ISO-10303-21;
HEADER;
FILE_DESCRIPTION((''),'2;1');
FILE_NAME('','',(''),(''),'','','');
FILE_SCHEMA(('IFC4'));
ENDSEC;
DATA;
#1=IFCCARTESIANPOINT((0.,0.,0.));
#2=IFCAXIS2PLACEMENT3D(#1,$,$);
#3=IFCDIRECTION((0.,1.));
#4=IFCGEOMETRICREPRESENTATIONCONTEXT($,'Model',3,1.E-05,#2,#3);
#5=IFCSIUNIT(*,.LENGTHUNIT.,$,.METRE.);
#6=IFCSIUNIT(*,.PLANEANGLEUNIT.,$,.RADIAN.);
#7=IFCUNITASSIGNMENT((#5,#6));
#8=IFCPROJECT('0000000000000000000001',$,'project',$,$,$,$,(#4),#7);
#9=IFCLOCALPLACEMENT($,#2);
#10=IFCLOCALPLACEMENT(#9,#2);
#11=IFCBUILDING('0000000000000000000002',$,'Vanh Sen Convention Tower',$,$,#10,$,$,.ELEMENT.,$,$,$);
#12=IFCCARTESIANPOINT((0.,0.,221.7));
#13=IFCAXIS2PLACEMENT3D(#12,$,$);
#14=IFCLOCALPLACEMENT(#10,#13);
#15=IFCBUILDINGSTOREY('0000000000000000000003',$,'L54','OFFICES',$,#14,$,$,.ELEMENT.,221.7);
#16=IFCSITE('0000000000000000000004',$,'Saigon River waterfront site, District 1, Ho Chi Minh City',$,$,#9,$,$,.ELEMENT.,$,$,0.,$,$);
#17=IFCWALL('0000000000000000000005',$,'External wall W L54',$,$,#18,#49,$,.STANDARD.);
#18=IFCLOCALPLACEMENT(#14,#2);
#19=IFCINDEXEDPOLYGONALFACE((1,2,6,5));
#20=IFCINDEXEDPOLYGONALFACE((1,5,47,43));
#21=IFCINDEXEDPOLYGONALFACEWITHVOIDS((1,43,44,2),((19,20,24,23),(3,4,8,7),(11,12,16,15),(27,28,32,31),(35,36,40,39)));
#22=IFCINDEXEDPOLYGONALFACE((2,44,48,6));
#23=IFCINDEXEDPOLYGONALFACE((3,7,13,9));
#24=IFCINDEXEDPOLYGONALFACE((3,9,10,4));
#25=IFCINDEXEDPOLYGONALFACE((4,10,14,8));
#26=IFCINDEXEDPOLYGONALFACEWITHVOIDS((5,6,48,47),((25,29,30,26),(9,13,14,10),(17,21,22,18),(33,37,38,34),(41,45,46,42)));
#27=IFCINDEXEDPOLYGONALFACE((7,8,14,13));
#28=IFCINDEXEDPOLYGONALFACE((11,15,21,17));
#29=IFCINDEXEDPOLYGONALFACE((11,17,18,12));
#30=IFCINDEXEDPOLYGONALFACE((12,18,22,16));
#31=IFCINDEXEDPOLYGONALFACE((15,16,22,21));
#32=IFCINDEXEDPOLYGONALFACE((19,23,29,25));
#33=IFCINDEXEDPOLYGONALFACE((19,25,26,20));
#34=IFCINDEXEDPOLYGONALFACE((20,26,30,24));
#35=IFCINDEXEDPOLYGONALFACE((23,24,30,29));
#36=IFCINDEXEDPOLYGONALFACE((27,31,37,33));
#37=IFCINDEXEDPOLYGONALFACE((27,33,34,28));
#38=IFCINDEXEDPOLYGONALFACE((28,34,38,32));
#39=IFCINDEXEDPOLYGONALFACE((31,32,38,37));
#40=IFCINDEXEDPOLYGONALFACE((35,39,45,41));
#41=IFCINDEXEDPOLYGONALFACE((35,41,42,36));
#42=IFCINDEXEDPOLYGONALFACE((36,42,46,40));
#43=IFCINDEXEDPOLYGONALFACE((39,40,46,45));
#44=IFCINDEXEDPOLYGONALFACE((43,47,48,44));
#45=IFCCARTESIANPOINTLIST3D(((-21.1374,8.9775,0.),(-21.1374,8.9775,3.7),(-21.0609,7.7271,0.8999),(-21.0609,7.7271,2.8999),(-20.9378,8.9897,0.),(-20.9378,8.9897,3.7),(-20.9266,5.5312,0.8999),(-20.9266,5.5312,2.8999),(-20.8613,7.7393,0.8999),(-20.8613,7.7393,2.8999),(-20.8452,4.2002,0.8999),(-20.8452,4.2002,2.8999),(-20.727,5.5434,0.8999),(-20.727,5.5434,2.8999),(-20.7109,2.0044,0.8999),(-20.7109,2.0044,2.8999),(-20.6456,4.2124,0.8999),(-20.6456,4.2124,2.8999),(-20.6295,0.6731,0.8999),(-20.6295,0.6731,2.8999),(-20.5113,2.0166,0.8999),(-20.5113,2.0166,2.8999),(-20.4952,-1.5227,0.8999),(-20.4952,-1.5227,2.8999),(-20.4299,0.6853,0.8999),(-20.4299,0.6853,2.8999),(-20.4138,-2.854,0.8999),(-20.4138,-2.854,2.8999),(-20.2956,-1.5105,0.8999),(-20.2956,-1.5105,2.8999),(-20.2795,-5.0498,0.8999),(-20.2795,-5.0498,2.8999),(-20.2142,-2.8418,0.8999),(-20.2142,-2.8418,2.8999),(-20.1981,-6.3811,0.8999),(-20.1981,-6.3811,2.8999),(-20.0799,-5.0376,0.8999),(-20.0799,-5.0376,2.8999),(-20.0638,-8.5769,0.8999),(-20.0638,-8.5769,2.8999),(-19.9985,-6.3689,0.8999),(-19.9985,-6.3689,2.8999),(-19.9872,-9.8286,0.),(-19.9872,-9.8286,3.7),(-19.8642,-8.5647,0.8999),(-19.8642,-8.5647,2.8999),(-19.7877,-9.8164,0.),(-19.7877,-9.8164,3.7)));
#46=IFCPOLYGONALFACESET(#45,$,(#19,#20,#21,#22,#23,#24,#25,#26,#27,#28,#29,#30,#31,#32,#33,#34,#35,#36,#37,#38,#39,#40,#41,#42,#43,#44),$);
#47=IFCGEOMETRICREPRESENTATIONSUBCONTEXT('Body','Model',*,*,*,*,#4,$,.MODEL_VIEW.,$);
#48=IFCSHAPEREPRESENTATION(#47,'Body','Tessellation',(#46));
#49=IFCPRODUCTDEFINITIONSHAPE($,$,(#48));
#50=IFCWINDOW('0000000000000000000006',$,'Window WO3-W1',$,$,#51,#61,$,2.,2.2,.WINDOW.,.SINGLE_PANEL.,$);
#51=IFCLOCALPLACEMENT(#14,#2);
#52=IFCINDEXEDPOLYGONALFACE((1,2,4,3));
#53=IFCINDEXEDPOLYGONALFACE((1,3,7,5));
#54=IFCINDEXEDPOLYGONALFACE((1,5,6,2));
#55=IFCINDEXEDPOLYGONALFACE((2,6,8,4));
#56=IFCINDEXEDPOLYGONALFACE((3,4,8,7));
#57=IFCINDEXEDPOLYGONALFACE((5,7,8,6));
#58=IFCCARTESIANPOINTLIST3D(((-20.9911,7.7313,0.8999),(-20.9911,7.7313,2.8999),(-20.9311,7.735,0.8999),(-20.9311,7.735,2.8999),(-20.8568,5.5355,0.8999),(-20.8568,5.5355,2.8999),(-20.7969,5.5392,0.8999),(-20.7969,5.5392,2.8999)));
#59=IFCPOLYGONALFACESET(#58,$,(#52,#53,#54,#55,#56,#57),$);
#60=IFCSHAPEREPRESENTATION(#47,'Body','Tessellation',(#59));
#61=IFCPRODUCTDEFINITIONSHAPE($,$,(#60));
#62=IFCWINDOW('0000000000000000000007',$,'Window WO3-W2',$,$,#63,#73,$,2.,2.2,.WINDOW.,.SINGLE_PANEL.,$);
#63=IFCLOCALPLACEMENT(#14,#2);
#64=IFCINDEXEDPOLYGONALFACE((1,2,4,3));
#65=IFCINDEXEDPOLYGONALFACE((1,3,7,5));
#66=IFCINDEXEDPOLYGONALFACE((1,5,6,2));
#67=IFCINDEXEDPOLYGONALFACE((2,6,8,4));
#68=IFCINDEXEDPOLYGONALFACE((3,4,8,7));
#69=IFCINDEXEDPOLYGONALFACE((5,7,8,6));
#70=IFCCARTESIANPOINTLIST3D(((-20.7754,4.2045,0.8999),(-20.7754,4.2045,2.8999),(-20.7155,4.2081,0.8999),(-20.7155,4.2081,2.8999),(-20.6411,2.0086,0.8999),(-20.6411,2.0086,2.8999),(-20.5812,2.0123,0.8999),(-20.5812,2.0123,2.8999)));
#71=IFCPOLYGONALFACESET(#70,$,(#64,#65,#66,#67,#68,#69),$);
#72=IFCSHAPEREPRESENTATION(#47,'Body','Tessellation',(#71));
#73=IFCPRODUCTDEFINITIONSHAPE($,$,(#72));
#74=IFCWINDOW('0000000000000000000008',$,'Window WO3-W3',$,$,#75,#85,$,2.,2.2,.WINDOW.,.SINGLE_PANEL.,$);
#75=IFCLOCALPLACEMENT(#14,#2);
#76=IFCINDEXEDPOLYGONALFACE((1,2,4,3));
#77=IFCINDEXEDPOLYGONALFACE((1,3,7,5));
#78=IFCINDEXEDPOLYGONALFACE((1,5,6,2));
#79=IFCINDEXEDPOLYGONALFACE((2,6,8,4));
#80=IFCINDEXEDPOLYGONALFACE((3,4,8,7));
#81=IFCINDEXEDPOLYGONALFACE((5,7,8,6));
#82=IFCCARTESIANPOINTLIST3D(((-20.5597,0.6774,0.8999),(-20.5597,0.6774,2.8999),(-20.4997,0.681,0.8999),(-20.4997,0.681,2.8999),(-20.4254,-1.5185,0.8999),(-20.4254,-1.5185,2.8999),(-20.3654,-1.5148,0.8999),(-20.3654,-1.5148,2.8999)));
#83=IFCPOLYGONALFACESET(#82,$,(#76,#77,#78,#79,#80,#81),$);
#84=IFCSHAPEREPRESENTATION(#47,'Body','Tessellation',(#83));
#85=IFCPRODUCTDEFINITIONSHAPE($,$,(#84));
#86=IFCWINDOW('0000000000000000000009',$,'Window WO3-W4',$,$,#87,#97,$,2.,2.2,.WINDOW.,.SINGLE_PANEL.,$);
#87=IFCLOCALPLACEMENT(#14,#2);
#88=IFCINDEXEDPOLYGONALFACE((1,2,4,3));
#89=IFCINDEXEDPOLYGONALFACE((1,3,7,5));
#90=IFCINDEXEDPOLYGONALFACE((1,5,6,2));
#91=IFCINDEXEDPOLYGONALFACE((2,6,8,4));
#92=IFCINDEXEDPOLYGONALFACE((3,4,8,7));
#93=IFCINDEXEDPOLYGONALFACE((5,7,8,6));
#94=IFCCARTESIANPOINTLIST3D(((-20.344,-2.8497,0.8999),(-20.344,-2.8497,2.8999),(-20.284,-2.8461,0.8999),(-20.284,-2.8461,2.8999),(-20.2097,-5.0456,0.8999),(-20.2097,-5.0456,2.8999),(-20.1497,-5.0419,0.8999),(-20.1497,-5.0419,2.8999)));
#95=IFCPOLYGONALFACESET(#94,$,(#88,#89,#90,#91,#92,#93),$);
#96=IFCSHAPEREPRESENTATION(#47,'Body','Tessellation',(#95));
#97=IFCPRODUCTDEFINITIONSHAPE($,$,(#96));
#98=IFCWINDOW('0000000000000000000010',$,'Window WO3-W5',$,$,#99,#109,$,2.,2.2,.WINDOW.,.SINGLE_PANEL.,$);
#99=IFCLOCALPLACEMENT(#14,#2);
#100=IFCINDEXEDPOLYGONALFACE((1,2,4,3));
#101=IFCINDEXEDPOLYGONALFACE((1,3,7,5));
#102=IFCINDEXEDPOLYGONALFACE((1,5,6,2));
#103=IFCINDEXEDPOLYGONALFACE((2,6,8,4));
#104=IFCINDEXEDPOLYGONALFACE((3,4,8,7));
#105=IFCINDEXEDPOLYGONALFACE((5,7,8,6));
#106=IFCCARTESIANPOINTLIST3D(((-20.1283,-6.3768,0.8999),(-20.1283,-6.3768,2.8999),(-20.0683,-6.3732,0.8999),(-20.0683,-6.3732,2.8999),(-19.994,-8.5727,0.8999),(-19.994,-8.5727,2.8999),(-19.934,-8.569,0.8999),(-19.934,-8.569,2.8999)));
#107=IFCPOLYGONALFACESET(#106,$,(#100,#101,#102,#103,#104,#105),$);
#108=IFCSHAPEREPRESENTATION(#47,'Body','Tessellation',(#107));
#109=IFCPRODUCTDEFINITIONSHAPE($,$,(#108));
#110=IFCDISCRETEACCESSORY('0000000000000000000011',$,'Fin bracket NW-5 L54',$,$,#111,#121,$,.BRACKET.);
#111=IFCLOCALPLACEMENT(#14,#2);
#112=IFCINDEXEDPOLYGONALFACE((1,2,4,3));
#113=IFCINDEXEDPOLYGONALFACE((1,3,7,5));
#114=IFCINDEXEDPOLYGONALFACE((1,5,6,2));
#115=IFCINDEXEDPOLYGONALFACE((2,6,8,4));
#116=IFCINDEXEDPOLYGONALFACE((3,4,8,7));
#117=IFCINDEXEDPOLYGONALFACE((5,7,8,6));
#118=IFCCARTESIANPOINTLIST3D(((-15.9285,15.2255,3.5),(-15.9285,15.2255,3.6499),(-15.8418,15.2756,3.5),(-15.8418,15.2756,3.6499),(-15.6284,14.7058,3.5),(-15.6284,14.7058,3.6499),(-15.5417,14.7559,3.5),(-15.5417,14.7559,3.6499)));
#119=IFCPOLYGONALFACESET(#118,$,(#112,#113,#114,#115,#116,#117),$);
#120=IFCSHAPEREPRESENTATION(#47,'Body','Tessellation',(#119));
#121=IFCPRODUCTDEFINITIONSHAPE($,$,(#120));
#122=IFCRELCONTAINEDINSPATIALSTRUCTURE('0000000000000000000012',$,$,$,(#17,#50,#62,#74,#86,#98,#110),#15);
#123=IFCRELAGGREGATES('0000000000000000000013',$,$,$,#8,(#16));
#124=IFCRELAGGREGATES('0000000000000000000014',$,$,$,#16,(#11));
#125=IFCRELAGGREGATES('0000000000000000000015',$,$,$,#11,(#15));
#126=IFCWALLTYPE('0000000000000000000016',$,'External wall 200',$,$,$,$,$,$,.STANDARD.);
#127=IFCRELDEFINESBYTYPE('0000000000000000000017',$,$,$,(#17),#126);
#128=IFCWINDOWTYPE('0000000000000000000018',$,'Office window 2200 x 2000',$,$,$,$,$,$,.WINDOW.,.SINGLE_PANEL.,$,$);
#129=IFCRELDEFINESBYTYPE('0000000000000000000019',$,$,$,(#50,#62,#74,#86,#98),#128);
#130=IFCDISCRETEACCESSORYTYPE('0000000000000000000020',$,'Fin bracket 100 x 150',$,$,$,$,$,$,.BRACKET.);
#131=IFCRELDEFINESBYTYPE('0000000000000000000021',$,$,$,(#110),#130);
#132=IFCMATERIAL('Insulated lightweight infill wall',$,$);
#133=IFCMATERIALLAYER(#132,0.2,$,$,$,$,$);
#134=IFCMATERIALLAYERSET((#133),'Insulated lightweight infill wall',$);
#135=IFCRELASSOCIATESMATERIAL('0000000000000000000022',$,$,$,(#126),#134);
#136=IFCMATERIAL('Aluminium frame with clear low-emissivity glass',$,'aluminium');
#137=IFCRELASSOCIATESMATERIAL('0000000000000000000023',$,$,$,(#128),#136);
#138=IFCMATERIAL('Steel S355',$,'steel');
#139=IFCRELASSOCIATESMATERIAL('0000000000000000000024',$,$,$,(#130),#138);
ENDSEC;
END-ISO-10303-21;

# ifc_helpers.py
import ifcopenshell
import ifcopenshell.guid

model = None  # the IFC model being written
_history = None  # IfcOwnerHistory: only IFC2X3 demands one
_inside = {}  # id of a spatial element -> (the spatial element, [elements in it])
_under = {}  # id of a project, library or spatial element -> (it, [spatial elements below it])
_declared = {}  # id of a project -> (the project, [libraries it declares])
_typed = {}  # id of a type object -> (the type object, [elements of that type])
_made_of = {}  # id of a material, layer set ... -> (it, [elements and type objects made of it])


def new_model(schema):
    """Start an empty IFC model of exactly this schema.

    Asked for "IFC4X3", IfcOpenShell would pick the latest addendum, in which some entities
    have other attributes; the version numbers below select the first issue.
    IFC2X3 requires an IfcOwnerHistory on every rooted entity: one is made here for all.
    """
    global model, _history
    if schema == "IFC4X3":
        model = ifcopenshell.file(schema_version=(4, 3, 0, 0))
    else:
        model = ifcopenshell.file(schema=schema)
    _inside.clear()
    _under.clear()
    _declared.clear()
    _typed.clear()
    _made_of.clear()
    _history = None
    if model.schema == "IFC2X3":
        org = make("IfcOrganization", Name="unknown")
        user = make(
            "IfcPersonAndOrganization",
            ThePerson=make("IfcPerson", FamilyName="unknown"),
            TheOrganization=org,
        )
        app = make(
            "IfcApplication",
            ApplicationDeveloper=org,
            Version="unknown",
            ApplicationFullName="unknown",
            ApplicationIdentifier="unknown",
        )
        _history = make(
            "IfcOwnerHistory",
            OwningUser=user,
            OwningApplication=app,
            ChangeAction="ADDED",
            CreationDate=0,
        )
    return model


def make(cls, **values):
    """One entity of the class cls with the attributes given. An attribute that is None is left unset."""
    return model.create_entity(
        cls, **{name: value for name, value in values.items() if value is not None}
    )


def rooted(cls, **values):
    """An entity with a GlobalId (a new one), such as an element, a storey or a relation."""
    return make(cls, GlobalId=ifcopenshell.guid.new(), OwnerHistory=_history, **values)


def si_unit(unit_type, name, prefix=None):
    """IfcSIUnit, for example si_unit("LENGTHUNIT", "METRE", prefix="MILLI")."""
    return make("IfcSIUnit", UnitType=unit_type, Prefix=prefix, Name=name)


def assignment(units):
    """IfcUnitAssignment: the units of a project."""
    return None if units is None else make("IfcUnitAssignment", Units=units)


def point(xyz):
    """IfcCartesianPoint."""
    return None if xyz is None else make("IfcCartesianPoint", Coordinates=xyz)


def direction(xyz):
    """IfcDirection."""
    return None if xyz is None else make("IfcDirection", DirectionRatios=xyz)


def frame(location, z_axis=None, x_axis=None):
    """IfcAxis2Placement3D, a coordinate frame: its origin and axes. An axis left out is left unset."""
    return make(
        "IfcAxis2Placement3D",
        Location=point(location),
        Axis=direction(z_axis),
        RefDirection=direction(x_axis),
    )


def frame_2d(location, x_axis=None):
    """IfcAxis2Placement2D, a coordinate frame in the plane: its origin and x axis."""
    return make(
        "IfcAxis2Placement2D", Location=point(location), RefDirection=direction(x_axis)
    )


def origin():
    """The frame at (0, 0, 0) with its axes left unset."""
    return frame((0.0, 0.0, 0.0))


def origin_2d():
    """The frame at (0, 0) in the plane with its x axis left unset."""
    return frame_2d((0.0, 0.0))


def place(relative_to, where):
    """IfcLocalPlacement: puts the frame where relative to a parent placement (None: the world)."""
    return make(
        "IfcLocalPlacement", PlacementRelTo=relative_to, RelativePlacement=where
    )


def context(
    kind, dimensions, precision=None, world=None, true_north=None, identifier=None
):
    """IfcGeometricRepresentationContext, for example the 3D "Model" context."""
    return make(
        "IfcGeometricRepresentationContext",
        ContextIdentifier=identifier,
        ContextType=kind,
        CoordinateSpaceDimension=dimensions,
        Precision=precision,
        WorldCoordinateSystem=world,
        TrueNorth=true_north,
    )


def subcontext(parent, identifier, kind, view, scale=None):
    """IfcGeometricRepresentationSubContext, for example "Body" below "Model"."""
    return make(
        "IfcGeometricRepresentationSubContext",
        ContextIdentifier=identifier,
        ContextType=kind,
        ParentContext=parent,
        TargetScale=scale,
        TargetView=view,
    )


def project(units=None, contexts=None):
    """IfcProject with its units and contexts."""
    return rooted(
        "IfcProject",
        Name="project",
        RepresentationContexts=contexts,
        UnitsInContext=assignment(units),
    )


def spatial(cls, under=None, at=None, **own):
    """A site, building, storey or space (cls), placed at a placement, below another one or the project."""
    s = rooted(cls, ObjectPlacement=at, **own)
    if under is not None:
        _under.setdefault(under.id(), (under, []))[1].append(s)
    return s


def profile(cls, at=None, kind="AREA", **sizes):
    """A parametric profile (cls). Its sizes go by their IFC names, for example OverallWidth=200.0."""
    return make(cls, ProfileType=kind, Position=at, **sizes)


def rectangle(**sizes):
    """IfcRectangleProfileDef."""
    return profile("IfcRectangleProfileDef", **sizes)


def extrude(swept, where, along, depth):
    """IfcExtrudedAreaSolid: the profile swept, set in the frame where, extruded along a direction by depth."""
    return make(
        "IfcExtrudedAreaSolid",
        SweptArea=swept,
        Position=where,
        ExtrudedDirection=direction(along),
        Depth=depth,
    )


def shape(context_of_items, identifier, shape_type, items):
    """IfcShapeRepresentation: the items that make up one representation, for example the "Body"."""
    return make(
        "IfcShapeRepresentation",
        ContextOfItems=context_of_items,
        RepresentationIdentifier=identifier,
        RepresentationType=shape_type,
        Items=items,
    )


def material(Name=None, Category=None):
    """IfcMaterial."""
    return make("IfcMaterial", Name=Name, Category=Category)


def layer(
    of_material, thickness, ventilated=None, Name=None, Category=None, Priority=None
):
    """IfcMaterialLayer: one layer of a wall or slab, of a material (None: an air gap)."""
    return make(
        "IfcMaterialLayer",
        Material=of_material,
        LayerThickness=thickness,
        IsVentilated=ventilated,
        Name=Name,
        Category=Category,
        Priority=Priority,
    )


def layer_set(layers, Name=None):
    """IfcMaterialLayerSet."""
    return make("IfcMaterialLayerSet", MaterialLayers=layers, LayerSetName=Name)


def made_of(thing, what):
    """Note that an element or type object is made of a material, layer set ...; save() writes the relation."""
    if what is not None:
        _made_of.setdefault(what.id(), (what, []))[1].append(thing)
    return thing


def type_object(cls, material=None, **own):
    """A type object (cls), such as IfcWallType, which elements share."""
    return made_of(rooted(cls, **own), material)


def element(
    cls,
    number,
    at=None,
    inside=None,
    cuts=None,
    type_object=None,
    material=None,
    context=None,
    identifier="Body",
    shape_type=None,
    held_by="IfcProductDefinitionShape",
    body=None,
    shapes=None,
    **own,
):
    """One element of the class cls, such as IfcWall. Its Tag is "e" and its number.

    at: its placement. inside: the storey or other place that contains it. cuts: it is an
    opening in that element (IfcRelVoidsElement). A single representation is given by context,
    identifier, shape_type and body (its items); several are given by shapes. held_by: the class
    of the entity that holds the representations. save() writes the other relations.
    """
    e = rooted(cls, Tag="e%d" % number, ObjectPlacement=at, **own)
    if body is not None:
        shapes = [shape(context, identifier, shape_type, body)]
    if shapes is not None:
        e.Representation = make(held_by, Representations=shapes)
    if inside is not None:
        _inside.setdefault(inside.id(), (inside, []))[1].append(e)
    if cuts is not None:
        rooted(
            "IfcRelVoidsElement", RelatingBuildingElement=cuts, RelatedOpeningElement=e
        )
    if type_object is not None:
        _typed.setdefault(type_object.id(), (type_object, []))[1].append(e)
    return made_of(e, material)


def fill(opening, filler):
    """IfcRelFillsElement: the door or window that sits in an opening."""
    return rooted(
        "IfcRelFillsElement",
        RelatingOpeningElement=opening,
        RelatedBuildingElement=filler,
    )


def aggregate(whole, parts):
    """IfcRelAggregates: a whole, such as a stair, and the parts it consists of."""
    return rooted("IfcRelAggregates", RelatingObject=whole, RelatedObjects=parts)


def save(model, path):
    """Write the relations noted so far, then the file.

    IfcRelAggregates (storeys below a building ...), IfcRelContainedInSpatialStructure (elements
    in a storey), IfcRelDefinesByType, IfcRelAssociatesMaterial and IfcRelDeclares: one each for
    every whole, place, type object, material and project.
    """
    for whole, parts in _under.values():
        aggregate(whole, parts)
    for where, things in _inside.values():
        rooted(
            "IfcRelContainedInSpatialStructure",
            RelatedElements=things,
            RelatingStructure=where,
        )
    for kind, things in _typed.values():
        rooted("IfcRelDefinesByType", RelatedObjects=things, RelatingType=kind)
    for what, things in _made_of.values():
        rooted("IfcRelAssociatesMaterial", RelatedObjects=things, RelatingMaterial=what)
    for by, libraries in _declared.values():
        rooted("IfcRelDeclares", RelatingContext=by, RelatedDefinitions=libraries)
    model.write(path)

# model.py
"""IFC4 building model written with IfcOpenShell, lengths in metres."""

from ifc_helpers import new_model, si_unit, direction, frame, frame_2d, origin, origin_2d, place, context, subcontext, project, spatial, rectangle, extrude, material, layer, layer_set, type_object, element, fill, save


model = new_model("IFC4")

# Units and contexts
model_context = context("Model", 3, precision=1e-05, world=origin(), true_north=direction((0.0, 1.0)))
body_context = subcontext(model_context, "Body", "Model", "MODEL_VIEW")
ifc_project = project(units=[si_unit("LENGTHUNIT", "METRE"), si_unit("PLANEANGLEUNIT", "RADIAN")], contexts=[model_context])

# Site, building, storey
site_placement = place(None, origin())
site = spatial("IfcSite", under=ifc_project, at=site_placement, Name="Saigon River waterfront site, District 1, Ho Chi Minh City", CompositionType="ELEMENT", RefElevation=0.0)
building_placement = place(site_placement, origin())
building = spatial("IfcBuilding", under=site, at=building_placement, Name="Vanh Sen Convention Tower", CompositionType="ELEMENT")
storey_placement = place(building_placement, frame((0.0, 0.0, 221.7)))
storey = spatial("IfcBuildingStorey", under=building, at=storey_placement, Name="L54", Description="OFFICES", CompositionType="ELEMENT", Elevation=221.7)

# Shared definitions
ifc_material_1 = material(Name="Insulated lightweight infill wall")
ifc_layer_1 = layer(ifc_material_1, 0.2)
ifc_layer_set_1 = layer_set([ifc_layer_1], Name="Insulated lightweight infill wall")
wall_type_1 = type_object("IfcWallType", Name="External wall 200", PredefinedType="STANDARD", material=ifc_layer_set_1)
ifc_material_2 = material(Name="Aluminium frame with clear low-emissivity glass", Category="aluminium")

# Wall, openings, windows
wall_1_placement = place(storey_placement, frame((-21.0376, 8.9836, 0.0), z_axis=(0.0, 0.0, 1.0), x_axis=(0.061044, -0.998135, 0.0)))
wall_1 = element("IfcWall", 1, at=wall_1_placement, inside=storey, type_object=wall_type_1, Name="External wall W L54", PredefinedType="STANDARD", context=body_context, shape_type="SweptSolid", body=[
    extrude(rectangle(XDim=18.8413, YDim=0.2, at=frame_2d((9.4207, 0.0))), origin(), (0.0, 0.0, 1.0), 3.7),
])
opening_1_placement = place(wall_1_placement, frame((1.2527, 0.0, 0.8999)))
opening_1 = element("IfcOpeningElement", 2, at=opening_1_placement, cuts=wall_1, PredefinedType="OPENING", context=body_context, shape_type="SweptSolid", body=[
    extrude(rectangle(XDim=2.2, YDim=2.0, at=frame_2d((1.1001, 1.0))), frame((0.0, 0.1099, 0.0), z_axis=(0.0, -1.0, 0.0), x_axis=(1.0, 0.0, 0.0)), (0.0, 0.0, 1.0), 0.22),
])
opening_2_placement = place(wall_1_placement, frame((4.7861, 0.0, 0.8999)))
opening_2 = element("IfcOpeningElement", 3, at=opening_2_placement, cuts=wall_1, PredefinedType="OPENING", context=body_context, shape_type="SweptSolid", body=[
    extrude(rectangle(XDim=2.2, YDim=2.0, at=frame_2d((1.1001, 1.0))), frame((0.0, 0.1099, 0.0), z_axis=(0.0, -1.0, 0.0), x_axis=(1.0, 0.0, 0.0)), (0.0, 0.0, 1.0), 0.22),
])
opening_3_placement = place(wall_1_placement, frame((8.3198, 0.0, 0.8999)))
opening_3 = element("IfcOpeningElement", 4, at=opening_3_placement, cuts=wall_1, PredefinedType="OPENING", context=body_context, shape_type="SweptSolid", body=[
    extrude(rectangle(XDim=2.2, YDim=2.0, at=frame_2d((1.1001, 1.0))), frame((0.0, 0.1099, 0.0), z_axis=(0.0, -1.0, 0.0), x_axis=(1.0, 0.0, 0.0)), (0.0, 0.0, 1.0), 0.22),
])
opening_4_placement = place(wall_1_placement, frame((11.8535, 0.0, 0.8999)))
opening_4 = element("IfcOpeningElement", 5, at=opening_4_placement, cuts=wall_1, PredefinedType="OPENING", context=body_context, shape_type="SweptSolid", body=[
    extrude(rectangle(XDim=2.2, YDim=2.0, at=frame_2d((1.1001, 1.0))), frame((0.0, 0.1099, 0.0), z_axis=(0.0, -1.0, 0.0), x_axis=(1.0, 0.0, 0.0)), (0.0, 0.0, 1.0), 0.22),
])
opening_5_placement = place(wall_1_placement, frame((15.3872, 0.0, 0.8999)))
opening_5 = element("IfcOpeningElement", 6, at=opening_5_placement, cuts=wall_1, PredefinedType="OPENING", context=body_context, shape_type="SweptSolid", body=[
    extrude(rectangle(XDim=2.2, YDim=2.0, at=frame_2d((1.1001, 1.0))), frame((0.0, 0.1099, 0.0), z_axis=(0.0, -1.0, 0.0), x_axis=(1.0, 0.0, 0.0)), (0.0, 0.0, 1.0), 0.22),
])
window_type_1 = type_object("IfcWindowType", Name="Office window 2200 x 2000", PartitioningType="SINGLE_PANEL", PredefinedType="WINDOW", material=ifc_material_2)
window_1_placement = place(opening_1_placement, origin())
window_1 = element("IfcWindow", 7, at=window_1_placement, inside=storey, type_object=window_type_1, Name="Window WO3-W1", OverallHeight=2.0, OverallWidth=2.2, PartitioningType="SINGLE_PANEL", PredefinedType="WINDOW", context=body_context, shape_type="SweptSolid", body=[
    extrude(rectangle(XDim=2.2, YDim=2.0, at=frame_2d((1.1001, 1.0))), frame((0.0, 0.03, 0.0), z_axis=(0.0, -1.0, 0.0), x_axis=(1.0, 0.0, 0.0)), (0.0, 0.0, 1.0), 0.0601),
])
fill(opening_1, window_1)
window_2_placement = place(opening_2_placement, origin())
window_2 = element("IfcWindow", 8, at=window_2_placement, inside=storey, type_object=window_type_1, Name="Window WO3-W2", OverallHeight=2.0, OverallWidth=2.2, PartitioningType="SINGLE_PANEL", PredefinedType="WINDOW", context=body_context, shape_type="SweptSolid", body=[
    extrude(rectangle(XDim=2.2, YDim=2.0, at=frame_2d((1.1001, 1.0))), frame((0.0, 0.03, 0.0), z_axis=(0.0, -1.0, 0.0), x_axis=(1.0, 0.0, 0.0)), (0.0, 0.0, 1.0), 0.0601),
])
fill(opening_2, window_2)
window_3_placement = place(opening_3_placement, origin())
window_3 = element("IfcWindow", 9, at=window_3_placement, inside=storey, type_object=window_type_1, Name="Window WO3-W3", OverallHeight=2.0, OverallWidth=2.2, PartitioningType="SINGLE_PANEL", PredefinedType="WINDOW", context=body_context, shape_type="SweptSolid", body=[
    extrude(rectangle(XDim=2.2, YDim=2.0, at=frame_2d((1.1001, 1.0))), frame((0.0, 0.03, 0.0), z_axis=(0.0, -1.0, 0.0), x_axis=(1.0, 0.0, 0.0)), (0.0, 0.0, 1.0), 0.0601),
])
fill(opening_3, window_3)
window_4_placement = place(opening_4_placement, origin())
window_4 = element("IfcWindow", 10, at=window_4_placement, inside=storey, type_object=window_type_1, Name="Window WO3-W4", OverallHeight=2.0, OverallWidth=2.2, PartitioningType="SINGLE_PANEL", PredefinedType="WINDOW", context=body_context, shape_type="SweptSolid", body=[
    extrude(rectangle(XDim=2.2, YDim=2.0, at=frame_2d((1.1001, 1.0))), frame((0.0, 0.03, 0.0), z_axis=(0.0, -1.0, 0.0), x_axis=(1.0, 0.0, 0.0)), (0.0, 0.0, 1.0), 0.0601),
])
fill(opening_4, window_4)
window_5_placement = place(opening_5_placement, origin())
window_5 = element("IfcWindow", 11, at=window_5_placement, inside=storey, type_object=window_type_1, Name="Window WO3-W5", OverallHeight=2.0, OverallWidth=2.2, PartitioningType="SINGLE_PANEL", PredefinedType="WINDOW", context=body_context, shape_type="SweptSolid", body=[
    extrude(rectangle(XDim=2.2, YDim=2.0, at=frame_2d((1.1001, 1.0))), frame((0.0, 0.03, 0.0), z_axis=(0.0, -1.0, 0.0), x_axis=(1.0, 0.0, 0.0)), (0.0, 0.0, 1.0), 0.0601),
])
fill(opening_5, window_5)

# Discrete accessory
ifc_material_3 = material(Name="Steel S355", Category="steel")
discrete_accessory_type = type_object("IfcDiscreteAccessoryType", Name="Fin bracket 100 x 150", PredefinedType="BRACKET", material=ifc_material_3)
discrete_accessory_placement = place(storey_placement, frame((-15.7351, 14.9907, 3.5), z_axis=(0.0, 0.0, 1.0), x_axis=(-0.5, 0.866025, 0.0)))
element("IfcDiscreteAccessory", 12, at=discrete_accessory_placement, inside=storey, type_object=discrete_accessory_type, Name="Fin bracket NW-5 L54", PredefinedType="BRACKET", context=body_context, shape_type="SweptSolid", body=[
    extrude(rectangle(XDim=0.6001, YDim=0.1001, at=origin_2d()), origin(), (0.0, 0.0, 1.0), 0.1499),
])

save(model, "model.ifc")
